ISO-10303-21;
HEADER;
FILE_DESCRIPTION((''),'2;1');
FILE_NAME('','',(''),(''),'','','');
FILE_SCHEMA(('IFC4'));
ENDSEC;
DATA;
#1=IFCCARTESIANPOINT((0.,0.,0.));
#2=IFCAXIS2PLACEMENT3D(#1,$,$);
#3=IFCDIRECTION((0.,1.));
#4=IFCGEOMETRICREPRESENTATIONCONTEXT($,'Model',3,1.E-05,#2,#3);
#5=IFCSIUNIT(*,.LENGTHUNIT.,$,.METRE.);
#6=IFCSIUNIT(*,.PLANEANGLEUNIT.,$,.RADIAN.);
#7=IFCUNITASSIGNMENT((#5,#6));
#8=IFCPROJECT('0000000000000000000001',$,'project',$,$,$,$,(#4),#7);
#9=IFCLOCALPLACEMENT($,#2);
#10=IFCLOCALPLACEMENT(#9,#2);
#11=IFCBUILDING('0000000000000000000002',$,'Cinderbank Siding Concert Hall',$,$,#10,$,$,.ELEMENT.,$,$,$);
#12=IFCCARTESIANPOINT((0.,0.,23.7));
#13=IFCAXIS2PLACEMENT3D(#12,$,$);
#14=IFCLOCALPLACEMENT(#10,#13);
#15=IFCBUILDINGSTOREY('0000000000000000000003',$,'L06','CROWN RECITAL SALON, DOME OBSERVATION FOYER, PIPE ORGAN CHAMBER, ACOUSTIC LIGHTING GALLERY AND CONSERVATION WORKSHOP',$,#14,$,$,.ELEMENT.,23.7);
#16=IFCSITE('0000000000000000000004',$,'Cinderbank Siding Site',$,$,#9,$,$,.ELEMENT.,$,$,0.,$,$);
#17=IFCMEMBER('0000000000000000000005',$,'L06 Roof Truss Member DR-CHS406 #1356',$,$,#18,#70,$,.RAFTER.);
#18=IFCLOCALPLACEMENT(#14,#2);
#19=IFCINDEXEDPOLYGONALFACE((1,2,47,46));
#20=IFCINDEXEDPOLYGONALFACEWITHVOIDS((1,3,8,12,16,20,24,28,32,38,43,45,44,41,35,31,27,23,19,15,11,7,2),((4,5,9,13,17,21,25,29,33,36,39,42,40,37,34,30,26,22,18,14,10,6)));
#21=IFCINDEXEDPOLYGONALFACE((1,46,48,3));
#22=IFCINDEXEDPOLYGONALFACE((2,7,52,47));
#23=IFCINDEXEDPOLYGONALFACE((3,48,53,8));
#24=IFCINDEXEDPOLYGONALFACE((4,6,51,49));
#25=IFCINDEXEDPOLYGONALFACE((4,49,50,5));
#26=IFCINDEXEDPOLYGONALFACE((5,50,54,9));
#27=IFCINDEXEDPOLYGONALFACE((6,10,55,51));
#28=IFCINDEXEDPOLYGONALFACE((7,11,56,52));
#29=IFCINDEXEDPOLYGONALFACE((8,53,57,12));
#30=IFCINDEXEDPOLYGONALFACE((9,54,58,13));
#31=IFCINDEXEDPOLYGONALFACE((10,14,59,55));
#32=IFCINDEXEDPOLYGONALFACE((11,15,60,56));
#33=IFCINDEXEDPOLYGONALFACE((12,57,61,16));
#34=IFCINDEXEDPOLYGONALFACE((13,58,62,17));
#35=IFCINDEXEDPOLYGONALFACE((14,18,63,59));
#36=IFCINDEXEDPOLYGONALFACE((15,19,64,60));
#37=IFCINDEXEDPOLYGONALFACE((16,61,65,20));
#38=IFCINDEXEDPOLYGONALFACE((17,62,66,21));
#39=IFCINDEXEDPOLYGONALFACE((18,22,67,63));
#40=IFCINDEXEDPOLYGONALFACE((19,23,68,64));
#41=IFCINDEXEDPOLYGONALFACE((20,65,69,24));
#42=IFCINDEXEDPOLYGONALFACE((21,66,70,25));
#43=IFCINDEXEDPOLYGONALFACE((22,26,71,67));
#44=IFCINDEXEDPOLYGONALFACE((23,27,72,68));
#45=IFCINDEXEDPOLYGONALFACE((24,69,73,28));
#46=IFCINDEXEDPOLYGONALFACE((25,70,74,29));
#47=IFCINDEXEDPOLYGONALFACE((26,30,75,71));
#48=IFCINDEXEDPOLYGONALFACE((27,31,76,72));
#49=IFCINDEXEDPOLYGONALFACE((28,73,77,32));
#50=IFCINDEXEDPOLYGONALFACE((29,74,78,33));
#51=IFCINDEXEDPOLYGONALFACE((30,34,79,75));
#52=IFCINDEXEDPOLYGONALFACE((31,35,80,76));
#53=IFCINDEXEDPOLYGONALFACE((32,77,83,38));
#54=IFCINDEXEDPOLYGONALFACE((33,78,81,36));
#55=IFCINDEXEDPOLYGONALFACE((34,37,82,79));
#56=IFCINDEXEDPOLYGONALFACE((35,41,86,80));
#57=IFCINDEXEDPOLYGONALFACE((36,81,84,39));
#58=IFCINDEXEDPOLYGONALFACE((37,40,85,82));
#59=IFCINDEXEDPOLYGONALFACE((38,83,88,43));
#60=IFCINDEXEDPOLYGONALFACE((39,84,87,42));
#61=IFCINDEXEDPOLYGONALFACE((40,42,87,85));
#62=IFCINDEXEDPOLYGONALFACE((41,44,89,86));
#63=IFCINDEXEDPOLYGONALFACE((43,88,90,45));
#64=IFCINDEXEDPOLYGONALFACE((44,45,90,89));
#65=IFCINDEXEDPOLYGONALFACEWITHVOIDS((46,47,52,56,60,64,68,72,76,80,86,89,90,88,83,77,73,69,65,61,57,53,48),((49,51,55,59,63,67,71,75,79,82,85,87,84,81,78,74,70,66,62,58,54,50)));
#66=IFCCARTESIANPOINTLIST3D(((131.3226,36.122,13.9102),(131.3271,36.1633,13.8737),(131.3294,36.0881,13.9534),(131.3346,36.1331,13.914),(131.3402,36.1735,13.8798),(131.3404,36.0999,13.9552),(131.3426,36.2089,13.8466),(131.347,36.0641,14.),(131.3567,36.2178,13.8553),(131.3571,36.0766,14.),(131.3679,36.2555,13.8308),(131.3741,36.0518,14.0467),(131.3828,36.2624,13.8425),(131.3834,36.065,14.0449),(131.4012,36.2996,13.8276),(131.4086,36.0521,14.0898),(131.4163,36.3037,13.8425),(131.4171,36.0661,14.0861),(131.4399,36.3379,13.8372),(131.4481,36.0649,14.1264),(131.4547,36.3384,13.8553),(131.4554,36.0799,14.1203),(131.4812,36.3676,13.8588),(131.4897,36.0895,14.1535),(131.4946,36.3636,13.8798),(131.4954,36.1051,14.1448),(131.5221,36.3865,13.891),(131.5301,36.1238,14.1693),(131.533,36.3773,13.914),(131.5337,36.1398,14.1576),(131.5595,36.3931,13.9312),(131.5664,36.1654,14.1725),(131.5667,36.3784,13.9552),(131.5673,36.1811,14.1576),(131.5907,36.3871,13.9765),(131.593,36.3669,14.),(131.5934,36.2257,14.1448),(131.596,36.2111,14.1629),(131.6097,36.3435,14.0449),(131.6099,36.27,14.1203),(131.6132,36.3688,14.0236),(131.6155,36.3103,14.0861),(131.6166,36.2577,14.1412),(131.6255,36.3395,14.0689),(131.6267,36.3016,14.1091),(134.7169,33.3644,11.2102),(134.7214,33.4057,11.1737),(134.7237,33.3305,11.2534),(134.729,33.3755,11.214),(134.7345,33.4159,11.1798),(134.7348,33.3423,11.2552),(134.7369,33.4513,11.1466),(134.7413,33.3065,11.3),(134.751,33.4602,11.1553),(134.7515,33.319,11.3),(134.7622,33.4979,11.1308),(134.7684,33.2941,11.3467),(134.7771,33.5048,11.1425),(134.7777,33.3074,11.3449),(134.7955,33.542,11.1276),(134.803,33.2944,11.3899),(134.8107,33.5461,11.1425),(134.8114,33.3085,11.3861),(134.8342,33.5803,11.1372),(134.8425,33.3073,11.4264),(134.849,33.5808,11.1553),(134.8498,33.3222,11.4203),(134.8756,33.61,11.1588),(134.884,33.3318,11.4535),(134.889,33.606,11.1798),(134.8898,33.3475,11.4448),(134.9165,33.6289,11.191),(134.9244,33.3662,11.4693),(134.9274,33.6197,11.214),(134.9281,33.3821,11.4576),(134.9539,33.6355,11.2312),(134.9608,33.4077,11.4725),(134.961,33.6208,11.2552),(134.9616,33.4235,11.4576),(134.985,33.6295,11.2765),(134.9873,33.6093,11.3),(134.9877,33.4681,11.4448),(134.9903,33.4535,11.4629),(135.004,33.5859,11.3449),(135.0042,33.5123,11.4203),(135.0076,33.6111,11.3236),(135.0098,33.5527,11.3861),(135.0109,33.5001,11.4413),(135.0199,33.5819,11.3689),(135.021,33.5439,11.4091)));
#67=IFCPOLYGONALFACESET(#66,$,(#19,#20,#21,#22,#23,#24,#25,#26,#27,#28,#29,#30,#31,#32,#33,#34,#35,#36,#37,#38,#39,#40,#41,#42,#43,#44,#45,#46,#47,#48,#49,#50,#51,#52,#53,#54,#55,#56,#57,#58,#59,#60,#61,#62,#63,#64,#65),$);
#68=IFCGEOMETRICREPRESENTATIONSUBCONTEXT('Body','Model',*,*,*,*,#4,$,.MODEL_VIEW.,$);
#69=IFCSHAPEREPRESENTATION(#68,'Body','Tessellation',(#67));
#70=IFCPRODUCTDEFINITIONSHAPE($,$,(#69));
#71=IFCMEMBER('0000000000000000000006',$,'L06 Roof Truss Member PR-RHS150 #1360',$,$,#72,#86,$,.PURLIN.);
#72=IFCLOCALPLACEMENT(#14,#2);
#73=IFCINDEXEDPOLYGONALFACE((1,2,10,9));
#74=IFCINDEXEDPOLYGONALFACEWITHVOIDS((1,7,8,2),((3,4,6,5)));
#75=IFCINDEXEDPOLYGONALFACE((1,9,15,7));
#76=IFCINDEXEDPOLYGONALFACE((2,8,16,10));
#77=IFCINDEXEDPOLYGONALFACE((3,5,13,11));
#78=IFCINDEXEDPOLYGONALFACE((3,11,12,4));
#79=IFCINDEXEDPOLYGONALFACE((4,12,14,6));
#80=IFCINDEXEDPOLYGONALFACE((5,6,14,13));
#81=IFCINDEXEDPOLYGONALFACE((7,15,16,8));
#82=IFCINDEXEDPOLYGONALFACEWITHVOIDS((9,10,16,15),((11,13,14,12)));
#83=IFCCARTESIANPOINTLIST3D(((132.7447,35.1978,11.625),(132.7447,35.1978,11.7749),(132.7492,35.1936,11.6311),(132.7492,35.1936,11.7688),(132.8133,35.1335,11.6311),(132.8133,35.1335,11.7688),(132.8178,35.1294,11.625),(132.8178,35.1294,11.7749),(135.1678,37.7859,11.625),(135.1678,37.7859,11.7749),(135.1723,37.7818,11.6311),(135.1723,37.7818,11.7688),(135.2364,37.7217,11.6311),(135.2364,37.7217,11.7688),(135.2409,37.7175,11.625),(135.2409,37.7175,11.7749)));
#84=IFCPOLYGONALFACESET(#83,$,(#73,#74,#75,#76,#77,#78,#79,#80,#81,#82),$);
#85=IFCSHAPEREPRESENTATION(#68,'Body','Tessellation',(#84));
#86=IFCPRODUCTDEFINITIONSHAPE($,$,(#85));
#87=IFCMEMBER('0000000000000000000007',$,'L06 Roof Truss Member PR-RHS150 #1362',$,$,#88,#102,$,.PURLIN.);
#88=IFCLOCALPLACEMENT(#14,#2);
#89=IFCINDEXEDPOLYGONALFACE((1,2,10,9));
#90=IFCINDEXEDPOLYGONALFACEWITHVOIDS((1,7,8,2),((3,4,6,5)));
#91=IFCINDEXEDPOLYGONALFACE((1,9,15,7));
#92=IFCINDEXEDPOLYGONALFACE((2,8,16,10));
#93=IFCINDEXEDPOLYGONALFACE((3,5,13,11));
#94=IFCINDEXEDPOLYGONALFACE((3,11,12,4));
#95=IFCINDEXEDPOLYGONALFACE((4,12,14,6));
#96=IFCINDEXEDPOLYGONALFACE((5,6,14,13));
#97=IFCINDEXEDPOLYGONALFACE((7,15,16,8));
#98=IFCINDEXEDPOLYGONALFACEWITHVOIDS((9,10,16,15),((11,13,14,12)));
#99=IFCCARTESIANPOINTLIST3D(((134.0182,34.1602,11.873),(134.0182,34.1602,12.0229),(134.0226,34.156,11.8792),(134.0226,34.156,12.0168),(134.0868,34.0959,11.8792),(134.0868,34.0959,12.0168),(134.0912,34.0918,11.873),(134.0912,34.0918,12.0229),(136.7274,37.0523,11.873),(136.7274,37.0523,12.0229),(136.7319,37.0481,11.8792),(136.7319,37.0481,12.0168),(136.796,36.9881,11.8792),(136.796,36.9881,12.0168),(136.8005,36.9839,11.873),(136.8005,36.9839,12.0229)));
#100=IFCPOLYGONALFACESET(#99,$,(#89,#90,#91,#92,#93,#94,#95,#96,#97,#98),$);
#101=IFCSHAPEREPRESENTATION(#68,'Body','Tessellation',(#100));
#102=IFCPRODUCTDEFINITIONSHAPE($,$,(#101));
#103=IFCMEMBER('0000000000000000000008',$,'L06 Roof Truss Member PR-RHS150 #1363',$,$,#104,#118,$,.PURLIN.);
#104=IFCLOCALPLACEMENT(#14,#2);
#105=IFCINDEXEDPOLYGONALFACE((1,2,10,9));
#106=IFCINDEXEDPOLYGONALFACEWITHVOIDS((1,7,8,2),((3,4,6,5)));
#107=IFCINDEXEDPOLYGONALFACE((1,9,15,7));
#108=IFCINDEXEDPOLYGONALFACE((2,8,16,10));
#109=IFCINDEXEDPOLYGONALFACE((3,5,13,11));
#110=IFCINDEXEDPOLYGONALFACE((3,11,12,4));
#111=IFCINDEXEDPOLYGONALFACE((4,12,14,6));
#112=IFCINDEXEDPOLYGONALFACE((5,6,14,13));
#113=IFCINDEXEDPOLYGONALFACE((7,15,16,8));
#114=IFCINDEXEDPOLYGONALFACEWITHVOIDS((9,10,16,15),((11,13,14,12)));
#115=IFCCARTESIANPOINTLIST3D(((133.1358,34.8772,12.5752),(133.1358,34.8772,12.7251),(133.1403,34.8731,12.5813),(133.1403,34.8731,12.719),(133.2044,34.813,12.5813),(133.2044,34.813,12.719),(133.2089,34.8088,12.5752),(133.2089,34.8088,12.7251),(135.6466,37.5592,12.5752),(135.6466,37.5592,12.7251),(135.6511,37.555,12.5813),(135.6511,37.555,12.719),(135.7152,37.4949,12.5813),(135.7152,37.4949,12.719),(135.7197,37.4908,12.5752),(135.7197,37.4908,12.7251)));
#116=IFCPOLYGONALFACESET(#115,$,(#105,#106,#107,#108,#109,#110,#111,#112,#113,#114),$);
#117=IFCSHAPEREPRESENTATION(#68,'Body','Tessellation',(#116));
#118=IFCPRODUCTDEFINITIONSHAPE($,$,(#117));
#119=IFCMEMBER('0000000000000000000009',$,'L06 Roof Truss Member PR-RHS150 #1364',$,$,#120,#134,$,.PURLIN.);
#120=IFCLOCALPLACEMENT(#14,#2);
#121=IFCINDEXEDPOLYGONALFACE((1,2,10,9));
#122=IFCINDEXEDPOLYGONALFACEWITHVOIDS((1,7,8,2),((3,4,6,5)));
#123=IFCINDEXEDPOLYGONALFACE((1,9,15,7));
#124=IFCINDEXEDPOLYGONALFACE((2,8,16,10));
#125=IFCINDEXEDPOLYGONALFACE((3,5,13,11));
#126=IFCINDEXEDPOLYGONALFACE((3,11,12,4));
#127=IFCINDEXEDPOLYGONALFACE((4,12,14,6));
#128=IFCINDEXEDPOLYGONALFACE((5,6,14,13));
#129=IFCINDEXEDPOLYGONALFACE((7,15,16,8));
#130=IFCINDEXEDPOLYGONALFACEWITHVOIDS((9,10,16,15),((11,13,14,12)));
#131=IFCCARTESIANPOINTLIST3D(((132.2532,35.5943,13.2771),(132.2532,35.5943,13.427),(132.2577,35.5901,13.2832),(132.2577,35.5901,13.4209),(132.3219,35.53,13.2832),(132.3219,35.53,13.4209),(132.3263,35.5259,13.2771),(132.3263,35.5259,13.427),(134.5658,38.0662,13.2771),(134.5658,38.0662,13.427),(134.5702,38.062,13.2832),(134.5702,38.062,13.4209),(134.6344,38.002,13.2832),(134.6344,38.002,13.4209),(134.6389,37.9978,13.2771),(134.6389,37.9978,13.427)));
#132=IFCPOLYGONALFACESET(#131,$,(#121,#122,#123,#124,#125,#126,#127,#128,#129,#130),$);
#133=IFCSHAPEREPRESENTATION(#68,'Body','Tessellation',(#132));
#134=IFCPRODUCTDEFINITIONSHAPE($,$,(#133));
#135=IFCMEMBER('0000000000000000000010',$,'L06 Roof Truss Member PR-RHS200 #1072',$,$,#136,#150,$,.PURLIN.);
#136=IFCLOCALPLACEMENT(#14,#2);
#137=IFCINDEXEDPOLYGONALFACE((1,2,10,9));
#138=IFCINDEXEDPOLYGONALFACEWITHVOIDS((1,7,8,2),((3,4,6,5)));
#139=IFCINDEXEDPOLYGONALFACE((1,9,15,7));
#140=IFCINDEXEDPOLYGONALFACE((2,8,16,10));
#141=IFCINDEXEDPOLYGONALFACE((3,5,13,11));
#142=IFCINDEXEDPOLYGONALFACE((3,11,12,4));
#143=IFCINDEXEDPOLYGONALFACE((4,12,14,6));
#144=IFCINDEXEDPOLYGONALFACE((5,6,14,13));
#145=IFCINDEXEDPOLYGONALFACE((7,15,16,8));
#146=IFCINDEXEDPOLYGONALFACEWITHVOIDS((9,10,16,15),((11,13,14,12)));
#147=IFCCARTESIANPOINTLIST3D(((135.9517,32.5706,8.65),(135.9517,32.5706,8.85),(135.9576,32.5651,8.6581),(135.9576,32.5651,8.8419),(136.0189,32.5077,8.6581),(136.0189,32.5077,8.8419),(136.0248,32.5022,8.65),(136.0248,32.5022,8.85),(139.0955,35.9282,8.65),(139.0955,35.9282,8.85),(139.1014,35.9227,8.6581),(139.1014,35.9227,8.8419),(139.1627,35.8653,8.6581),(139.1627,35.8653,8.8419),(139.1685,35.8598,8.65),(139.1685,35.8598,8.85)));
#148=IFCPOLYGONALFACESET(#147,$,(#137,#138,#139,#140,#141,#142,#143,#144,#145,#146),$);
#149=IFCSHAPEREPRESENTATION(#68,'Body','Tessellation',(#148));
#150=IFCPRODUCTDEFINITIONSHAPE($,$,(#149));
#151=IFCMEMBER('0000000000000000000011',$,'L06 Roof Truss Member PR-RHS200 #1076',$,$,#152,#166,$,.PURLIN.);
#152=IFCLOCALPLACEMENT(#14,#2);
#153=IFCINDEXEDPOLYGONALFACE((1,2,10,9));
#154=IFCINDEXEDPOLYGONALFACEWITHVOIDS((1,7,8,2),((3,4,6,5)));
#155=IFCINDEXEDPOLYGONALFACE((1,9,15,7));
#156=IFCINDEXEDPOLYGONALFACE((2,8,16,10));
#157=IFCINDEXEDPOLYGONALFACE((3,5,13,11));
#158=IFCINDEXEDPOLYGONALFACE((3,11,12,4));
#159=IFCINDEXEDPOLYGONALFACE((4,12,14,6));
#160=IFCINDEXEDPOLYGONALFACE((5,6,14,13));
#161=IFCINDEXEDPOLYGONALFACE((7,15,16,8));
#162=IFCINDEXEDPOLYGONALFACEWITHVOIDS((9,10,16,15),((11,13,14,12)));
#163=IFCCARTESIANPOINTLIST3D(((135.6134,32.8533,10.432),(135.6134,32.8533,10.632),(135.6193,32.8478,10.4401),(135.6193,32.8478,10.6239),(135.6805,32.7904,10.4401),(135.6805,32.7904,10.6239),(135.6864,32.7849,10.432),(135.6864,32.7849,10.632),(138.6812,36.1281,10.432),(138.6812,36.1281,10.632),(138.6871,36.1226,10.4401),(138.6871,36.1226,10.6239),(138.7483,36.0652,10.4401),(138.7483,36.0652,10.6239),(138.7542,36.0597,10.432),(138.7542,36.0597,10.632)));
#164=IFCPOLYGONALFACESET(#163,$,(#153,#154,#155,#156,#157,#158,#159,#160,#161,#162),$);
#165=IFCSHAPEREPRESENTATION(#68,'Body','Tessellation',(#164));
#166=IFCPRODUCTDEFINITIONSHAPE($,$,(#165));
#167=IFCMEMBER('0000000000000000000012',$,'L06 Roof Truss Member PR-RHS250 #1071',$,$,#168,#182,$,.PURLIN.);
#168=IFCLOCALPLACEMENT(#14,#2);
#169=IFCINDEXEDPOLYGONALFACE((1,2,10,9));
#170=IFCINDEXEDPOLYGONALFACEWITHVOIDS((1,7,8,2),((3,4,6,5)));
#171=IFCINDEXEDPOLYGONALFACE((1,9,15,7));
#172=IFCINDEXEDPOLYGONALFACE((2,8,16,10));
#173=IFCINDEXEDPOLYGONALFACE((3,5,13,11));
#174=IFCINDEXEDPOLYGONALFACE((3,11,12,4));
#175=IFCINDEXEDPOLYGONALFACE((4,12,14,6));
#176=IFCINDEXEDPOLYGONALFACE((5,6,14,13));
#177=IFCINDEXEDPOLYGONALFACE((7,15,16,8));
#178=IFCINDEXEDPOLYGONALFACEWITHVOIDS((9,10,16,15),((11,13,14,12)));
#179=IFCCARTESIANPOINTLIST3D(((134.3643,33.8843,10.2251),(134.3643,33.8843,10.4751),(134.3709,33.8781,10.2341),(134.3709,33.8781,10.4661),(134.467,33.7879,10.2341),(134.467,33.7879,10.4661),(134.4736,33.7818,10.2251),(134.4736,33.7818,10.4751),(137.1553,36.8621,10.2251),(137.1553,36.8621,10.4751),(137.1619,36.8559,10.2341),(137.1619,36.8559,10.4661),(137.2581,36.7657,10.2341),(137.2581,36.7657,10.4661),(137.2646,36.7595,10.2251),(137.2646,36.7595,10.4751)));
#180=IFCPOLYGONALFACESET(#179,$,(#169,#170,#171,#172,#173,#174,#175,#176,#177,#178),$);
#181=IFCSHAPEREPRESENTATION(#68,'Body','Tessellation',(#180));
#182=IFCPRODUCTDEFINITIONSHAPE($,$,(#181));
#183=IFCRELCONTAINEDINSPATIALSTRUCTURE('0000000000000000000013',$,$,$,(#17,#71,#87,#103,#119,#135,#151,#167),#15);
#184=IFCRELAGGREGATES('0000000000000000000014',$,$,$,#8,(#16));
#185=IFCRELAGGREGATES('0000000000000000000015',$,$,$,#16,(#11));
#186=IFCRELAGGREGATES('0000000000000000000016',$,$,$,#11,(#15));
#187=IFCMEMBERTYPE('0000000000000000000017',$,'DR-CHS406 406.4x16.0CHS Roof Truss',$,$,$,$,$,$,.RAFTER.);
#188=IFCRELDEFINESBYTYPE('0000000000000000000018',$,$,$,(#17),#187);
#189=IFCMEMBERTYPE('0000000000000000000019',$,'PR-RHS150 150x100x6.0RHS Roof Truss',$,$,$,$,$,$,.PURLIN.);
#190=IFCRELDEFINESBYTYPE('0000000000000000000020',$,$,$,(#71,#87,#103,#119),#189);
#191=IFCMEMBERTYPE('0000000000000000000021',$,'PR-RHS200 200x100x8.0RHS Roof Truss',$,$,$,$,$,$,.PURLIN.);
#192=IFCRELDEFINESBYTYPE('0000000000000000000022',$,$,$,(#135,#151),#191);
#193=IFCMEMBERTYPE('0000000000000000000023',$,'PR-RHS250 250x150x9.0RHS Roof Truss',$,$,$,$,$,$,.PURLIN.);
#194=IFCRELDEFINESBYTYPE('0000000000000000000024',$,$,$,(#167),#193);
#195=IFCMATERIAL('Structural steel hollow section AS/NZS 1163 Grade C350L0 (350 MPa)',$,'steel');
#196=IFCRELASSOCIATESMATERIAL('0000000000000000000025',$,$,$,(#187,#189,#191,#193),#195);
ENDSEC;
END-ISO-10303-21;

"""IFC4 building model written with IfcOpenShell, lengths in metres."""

from ifc_helpers import new_model, si_unit, direction, frame, origin, origin_2d, place, context, subcontext, project, spatial, hollow_rectangle, hollow_circle, extrude, material, material_profile, profile_set, type_object, element, save


model = new_model("IFC4")

# Units and contexts
model_context = context("Model", 3, precision=1e-05, world=origin(), true_north=direction((0.0, 1.0)))
body_context = subcontext(model_context, "Body", "Model", "MODEL_VIEW")
ifc_project = project(units=[si_unit("LENGTHUNIT", "METRE"), si_unit("PLANEANGLEUNIT", "RADIAN")], contexts=[model_context])

# Site, building, storey
site_placement = place(None, origin())
site = spatial("IfcSite", under=ifc_project, at=site_placement, Name="Cinderbank Siding Site", CompositionType="ELEMENT", RefElevation=0.0)
building_placement = place(site_placement, origin())
building = spatial("IfcBuilding", under=site, at=building_placement, Name="Cinderbank Siding Concert Hall", CompositionType="ELEMENT")
storey_placement = place(building_placement, frame((0.0, 0.0, 23.7)))
storey = spatial("IfcBuildingStorey", under=building, at=storey_placement, Name="L06", Description="CROWN RECITAL SALON, DOME OBSERVATION FOYER, PIPE ORGAN CHAMBER, ACOUSTIC LIGHTING GALLERY AND CONSERVATION WORKSHOP", CompositionType="ELEMENT", Elevation=23.7)

# Members
ifc_material_1 = material(Name="Structural steel hollow section AS/NZS 1163 Grade C350L0 (350 MPa)", Category="steel")
ifc_material_profile_1 = material_profile(ifc_material_1, hollow_circle(Radius=0.2031, WallThickness=0.0161, at=origin_2d()), Name="406.4x16.0CHS", Category="LoadBearing")
ifc_profile_set_1 = profile_set([ifc_material_profile_1], Name="Structural steel hollow section AS/NZS 1163 Grade C350L0 (350 MPa)")
member_type_1 = type_object("IfcMemberType", Name="DR-CHS406 406.4x16.0CHS Roof Truss", PredefinedType="RAFTER", material=ifc_profile_set_1)
member_1_placement = place(storey_placement, frame((134.8694, 33.4641, 11.3), z_axis=(-0.660423, 0.536538, 0.525327), x_axis=(-0.630553, -0.776146, 0.0)))
element("IfcMember", 1, at=member_1_placement, inside=storey, type_object=member_type_1, Name="L06 Roof Truss Member DR-CHS406 #1356", PredefinedType="RAFTER", context=body_context, shape_type="SweptSolid", body=[
    extrude(hollow_circle(Radius=0.2031, WallThickness=0.0161, at=origin_2d()), origin(), (0.0, 0.0, 1.0), 5.1396),
])
ifc_material_profile_2 = material_profile(ifc_material_1, hollow_rectangle(XDim=0.1001, YDim=0.1499, WallThickness=0.0061, at=origin_2d()), Name="150x100x6.0RHS", Category="LoadBearing")
ifc_profile_set_2 = profile_set([ifc_material_profile_2], Name="Structural steel hollow section AS/NZS 1163 Grade C350L0 (350 MPa)")
member_type_2 = type_object("IfcMemberType", Name="PR-RHS150 150x100x6.0RHS Roof Truss", PredefinedType="PURLIN", material=ifc_profile_set_2)
member_2_placement = place(storey_placement, frame((132.7812, 35.1636, 11.7), z_axis=(0.683448, 0.729999, 0.0), x_axis=(-0.729999, 0.683448, 0.0)))
element("IfcMember", 2, at=member_2_placement, inside=storey, type_object=member_type_2, Name="L06 Roof Truss Member PR-RHS150 #1360", PredefinedType="PURLIN", context=body_context, shape_type="SweptSolid", body=[
    extrude(hollow_rectangle(XDim=0.1001, YDim=0.1499, WallThickness=0.0061, at=origin_2d()), origin(), (0.0, 0.0, 1.0), 3.5454),
])
member_3_placement = place(storey_placement, frame((134.0547, 34.126, 11.948), z_axis=(0.683658, 0.729802, 0.0), x_axis=(-0.729802, 0.683658, 0.0)))
element("IfcMember", 3, at=member_3_placement, inside=storey, type_object=member_type_2, Name="L06 Roof Truss Member PR-RHS150 #1362", PredefinedType="PURLIN", context=body_context, shape_type="SweptSolid", body=[
    extrude(hollow_rectangle(XDim=0.1001, YDim=0.1499, WallThickness=0.0061, at=origin_2d()), origin(), (0.0, 0.0, 1.0), 3.9629),
])
member_4_placement = place(storey_placement, frame((133.1724, 34.843, 12.6501), z_axis=(0.68343, 0.730016, 0.0), x_axis=(-0.730016, 0.68343, 0.0)))
element("IfcMember", 4, at=member_4_placement, inside=storey, type_object=member_type_2, Name="L06 Roof Truss Member PR-RHS150 #1363", PredefinedType="PURLIN", context=body_context, shape_type="SweptSolid", body=[
    extrude(hollow_rectangle(XDim=0.1001, YDim=0.1499, WallThickness=0.0061, at=origin_2d()), origin(), (0.0, 0.0, 1.0), 3.6738),
])
member_5_placement = place(storey_placement, frame((132.2898, 35.5601, 13.3521), z_axis=(0.683166, 0.730263, 0.0), x_axis=(-0.730263, 0.683166, 0.0)))
element("IfcMember", 5, at=member_5_placement, inside=storey, type_object=member_type_2, Name="L06 Roof Truss Member PR-RHS150 #1364", PredefinedType="PURLIN", context=body_context, shape_type="SweptSolid", body=[
    extrude(hollow_rectangle(XDim=0.1001, YDim=0.1499, WallThickness=0.0061, at=origin_2d()), origin(), (0.0, 0.0, 1.0), 3.385),
])
ifc_material_profile_3 = material_profile(ifc_material_1, hollow_rectangle(XDim=0.1001, YDim=0.2, WallThickness=0.0081, at=origin_2d()), Name="200x100x8.0RHS", Category="LoadBearing")
ifc_profile_set_3 = profile_set([ifc_material_profile_3], Name="Structural steel hollow section AS/NZS 1163 Grade C350L0 (350 MPa)")
member_type_3 = type_object("IfcMemberType", Name="PR-RHS200 200x100x8.0RHS Roof Truss", PredefinedType="PURLIN", material=ifc_profile_set_3)
member_6_placement = place(storey_placement, frame((135.9883, 32.5364, 8.75), z_axis=(0.683477, 0.729972, 0.0), x_axis=(-0.729972, 0.683477, 0.0)))
element("IfcMember", 6, at=member_6_placement, inside=storey, type_object=member_type_3, Name="L06 Roof Truss Member PR-RHS200 #1072", PredefinedType="PURLIN", context=body_context, shape_type="SweptSolid", body=[
    extrude(hollow_rectangle(XDim=0.1001, YDim=0.2, WallThickness=0.0081, at=origin_2d()), origin(), (0.0, 0.0, 1.0), 4.5996),
])
member_7_placement = place(storey_placement, frame((135.6499, 32.8191, 10.532), z_axis=(0.683662, 0.729798, 0.0), x_axis=(-0.729798, 0.683662, 0.0)))
element("IfcMember", 7, at=member_7_placement, inside=storey, type_object=member_type_3, Name="L06 Roof Truss Member PR-RHS200 #1076", PredefinedType="PURLIN", context=body_context, shape_type="SweptSolid", body=[
    extrude(hollow_rectangle(XDim=0.1001, YDim=0.2, WallThickness=0.0081, at=origin_2d()), origin(), (0.0, 0.0, 1.0), 4.4873),
])
ifc_material_profile_4 = material_profile(ifc_material_1, hollow_rectangle(XDim=0.1499, YDim=0.25, WallThickness=0.009, at=origin_2d()), Name="250x150x9.0RHS", Category="LoadBearing")
ifc_profile_set_4 = profile_set([ifc_material_profile_4], Name="Structural steel hollow section AS/NZS 1163 Grade C350L0 (350 MPa)")
member_type_4 = type_object("IfcMemberType", Name="PR-RHS250 250x150x9.0RHS Roof Truss", PredefinedType="PURLIN", material=ifc_profile_set_4)
member_8_placement = place(storey_placement, frame((134.4189, 33.833, 10.3501), z_axis=(0.683856, 0.729617, 0.0), x_axis=(-0.729617, 0.683856, 0.0)))
element("IfcMember", 8, at=member_8_placement, inside=storey, type_object=member_type_4, Name="L06 Roof Truss Member PR-RHS250 #1071", PredefinedType="PURLIN", context=body_context, shape_type="SweptSolid", body=[
    extrude(hollow_rectangle(XDim=0.1499, YDim=0.25, WallThickness=0.009, at=origin_2d()), origin(), (0.0, 0.0, 1.0), 4.0813),
])

save(model, "model.ifc")
